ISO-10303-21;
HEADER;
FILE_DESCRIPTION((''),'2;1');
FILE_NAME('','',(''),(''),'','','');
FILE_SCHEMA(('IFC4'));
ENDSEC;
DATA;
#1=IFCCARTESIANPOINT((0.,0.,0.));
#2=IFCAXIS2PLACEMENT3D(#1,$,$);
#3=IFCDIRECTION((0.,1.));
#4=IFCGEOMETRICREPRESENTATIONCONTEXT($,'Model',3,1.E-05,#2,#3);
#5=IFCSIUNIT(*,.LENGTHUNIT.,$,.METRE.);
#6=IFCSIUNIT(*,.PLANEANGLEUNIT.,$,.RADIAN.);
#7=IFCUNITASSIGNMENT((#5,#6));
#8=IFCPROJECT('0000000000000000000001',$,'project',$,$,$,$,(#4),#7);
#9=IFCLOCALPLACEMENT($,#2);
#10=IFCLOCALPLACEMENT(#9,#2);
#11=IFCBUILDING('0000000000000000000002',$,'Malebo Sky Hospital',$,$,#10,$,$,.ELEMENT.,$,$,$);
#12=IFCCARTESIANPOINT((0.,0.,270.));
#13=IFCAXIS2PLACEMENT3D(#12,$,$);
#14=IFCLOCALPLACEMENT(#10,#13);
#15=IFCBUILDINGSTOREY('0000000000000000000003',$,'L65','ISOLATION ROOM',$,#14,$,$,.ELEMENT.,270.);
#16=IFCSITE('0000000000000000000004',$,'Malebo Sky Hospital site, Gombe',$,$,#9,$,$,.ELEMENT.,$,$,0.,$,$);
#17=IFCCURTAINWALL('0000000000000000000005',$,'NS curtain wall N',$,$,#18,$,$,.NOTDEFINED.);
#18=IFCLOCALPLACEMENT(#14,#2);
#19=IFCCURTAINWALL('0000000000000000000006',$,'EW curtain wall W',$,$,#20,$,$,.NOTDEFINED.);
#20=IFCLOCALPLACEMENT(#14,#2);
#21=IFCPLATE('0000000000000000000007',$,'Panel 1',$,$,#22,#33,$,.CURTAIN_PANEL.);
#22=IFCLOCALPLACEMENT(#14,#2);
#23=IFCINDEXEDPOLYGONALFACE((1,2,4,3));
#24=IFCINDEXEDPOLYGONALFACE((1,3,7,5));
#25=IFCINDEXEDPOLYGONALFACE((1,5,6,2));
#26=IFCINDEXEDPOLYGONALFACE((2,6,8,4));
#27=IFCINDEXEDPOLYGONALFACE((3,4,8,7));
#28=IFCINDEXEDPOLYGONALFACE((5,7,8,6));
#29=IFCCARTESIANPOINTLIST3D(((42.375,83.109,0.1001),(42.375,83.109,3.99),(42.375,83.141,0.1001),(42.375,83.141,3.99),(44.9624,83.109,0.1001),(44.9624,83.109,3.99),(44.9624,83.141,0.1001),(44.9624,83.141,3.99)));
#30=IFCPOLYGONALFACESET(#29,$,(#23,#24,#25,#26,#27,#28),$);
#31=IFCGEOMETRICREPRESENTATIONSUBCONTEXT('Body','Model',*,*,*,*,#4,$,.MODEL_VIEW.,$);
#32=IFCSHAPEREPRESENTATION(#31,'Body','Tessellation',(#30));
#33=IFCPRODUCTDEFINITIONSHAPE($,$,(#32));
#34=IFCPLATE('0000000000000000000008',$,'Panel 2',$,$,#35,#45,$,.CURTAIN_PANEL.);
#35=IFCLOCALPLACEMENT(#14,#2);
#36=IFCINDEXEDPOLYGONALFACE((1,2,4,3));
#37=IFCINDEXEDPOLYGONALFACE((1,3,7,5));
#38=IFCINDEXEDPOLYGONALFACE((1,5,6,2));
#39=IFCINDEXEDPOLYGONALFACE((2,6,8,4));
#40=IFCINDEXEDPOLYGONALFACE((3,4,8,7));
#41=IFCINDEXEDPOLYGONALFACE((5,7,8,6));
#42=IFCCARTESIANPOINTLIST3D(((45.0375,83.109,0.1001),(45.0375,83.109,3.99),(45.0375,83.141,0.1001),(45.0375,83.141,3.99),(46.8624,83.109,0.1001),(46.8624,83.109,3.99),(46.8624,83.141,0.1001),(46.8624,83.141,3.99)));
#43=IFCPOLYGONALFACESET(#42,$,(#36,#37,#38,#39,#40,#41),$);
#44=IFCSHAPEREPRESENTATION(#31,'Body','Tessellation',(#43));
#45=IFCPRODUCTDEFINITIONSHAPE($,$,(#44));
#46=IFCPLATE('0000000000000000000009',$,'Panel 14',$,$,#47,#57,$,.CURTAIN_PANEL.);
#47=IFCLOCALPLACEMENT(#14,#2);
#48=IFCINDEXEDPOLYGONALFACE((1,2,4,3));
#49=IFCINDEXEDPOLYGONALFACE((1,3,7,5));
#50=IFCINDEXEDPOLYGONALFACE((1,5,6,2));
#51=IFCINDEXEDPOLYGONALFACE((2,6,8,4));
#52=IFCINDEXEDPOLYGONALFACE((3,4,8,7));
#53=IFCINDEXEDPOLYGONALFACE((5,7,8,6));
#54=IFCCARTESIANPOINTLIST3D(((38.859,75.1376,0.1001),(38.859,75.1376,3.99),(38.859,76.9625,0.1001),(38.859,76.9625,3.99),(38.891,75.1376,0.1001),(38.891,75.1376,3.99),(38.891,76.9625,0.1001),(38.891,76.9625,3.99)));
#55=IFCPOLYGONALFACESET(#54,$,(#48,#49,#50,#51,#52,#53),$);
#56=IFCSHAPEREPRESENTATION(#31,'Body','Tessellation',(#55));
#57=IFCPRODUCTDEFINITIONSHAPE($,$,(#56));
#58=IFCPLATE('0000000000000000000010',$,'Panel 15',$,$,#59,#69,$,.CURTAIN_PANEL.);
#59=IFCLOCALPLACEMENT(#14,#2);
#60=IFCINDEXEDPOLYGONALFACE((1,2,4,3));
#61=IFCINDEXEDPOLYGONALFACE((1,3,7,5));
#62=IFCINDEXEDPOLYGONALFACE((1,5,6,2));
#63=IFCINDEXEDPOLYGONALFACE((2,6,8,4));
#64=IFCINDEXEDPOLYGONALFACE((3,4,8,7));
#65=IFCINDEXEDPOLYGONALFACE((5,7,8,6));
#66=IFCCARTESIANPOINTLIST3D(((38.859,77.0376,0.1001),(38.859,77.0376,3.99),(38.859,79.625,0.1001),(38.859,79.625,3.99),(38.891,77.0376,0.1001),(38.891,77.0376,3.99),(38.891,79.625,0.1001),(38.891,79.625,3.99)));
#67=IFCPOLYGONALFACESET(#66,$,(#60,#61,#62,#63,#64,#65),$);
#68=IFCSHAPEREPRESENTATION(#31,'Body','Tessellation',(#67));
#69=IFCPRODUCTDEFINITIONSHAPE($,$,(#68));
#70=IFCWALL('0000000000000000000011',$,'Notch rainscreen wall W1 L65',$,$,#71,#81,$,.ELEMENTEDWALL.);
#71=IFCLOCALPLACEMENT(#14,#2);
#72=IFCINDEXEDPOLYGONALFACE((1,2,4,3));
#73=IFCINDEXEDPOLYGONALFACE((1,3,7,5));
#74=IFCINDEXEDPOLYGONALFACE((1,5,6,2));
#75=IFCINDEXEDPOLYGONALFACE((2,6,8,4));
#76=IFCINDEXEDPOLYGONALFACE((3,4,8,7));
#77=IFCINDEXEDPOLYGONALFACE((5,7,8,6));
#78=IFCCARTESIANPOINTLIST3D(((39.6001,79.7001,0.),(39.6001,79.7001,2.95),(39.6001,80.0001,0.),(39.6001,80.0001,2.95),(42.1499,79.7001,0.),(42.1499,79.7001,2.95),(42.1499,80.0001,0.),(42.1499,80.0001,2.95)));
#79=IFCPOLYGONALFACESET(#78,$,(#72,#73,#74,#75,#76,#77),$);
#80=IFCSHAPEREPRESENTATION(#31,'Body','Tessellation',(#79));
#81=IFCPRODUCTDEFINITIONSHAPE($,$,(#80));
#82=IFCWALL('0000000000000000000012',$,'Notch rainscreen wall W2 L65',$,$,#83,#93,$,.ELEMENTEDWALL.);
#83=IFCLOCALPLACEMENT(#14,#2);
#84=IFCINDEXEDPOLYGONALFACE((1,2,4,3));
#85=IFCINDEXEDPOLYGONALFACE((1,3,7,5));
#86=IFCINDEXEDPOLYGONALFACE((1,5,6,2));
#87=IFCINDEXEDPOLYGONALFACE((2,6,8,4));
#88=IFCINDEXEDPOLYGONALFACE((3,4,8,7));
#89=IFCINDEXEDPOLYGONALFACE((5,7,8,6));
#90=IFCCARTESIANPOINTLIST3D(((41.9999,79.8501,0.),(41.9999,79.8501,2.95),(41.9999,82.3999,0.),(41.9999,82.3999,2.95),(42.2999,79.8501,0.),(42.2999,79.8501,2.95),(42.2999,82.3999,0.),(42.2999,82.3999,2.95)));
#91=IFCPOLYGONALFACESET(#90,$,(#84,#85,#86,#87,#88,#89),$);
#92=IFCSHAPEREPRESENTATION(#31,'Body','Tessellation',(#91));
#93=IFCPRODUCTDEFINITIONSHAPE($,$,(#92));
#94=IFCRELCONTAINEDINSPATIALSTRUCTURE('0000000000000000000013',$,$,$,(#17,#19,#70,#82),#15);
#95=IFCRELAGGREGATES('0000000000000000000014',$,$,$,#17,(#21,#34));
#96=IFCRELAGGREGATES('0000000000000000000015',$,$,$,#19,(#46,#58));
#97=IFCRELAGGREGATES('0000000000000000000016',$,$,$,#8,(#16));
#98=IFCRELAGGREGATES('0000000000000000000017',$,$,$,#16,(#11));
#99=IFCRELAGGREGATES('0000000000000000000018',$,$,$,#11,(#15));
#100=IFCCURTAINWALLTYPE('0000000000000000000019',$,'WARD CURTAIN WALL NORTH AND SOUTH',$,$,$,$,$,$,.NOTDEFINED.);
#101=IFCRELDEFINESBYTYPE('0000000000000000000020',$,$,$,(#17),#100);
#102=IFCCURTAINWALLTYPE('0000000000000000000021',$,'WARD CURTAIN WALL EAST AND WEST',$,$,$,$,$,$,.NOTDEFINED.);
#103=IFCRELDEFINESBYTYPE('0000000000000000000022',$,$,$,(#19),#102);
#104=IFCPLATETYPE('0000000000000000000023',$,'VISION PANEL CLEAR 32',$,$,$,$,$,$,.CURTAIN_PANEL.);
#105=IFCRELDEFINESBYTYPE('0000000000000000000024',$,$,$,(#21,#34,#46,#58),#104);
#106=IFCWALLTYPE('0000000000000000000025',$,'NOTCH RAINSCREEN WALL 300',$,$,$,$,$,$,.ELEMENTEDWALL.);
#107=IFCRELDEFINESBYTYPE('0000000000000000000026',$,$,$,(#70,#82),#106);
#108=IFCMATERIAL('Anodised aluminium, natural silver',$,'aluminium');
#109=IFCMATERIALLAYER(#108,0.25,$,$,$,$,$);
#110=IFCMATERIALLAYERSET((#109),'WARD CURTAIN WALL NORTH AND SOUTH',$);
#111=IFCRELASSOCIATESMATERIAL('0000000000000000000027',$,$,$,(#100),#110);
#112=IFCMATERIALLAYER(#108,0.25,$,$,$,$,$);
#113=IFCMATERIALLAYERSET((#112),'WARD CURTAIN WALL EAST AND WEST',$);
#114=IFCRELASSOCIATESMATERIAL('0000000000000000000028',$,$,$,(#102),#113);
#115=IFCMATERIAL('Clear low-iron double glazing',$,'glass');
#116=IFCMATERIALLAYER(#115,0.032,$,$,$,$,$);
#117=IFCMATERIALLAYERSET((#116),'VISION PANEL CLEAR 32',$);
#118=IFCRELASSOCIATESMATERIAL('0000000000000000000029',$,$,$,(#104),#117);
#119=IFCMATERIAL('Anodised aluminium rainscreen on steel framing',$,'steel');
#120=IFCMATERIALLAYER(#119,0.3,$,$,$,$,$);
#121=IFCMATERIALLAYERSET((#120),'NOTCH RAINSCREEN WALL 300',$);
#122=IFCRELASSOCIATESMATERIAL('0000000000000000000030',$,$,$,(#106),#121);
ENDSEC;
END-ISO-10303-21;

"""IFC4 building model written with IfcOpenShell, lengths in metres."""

from ifc_helpers import new_model, si_unit, direction, frame, frame_2d, origin, origin_2d, place, context, subcontext, project, spatial, rectangle, extrude, material, layer, layer_set, type_object, element, aggregate, save


model = new_model("IFC4")

# Units and contexts
model_context = context("Model", 3, precision=1e-05, world=origin(), true_north=direction((0.0, 1.0)))
body_context = subcontext(model_context, "Body", "Model", "MODEL_VIEW")
ifc_project = project(units=[si_unit("LENGTHUNIT", "METRE"), si_unit("PLANEANGLEUNIT", "RADIAN")], contexts=[model_context])

# Site, building, storey
site_placement = place(None, origin())
site = spatial("IfcSite", under=ifc_project, at=site_placement, Name="Malebo Sky Hospital site, Gombe", CompositionType="ELEMENT", RefElevation=0.0)
building_placement = place(site_placement, origin())
building = spatial("IfcBuilding", under=site, at=building_placement, Name="Malebo Sky Hospital", CompositionType="ELEMENT")
storey_placement = place(building_placement, frame((0.0, 0.0, 270.0)))
storey = spatial("IfcBuildingStorey", under=building, at=storey_placement, Name="L65", Description="ISOLATION ROOM", CompositionType="ELEMENT", Elevation=270.0)

# Curtain walls
ifc_material_1 = material(Name="Anodised aluminium, natural silver", Category="aluminium")
ifc_layer_1 = layer(ifc_material_1, 0.25)
ifc_layer_set_1 = layer_set([ifc_layer_1], Name="WARD CURTAIN WALL NORTH AND SOUTH")
curtain_wall_type_1 = type_object("IfcCurtainWallType", Name="WARD CURTAIN WALL NORTH AND SOUTH", PredefinedType="NOTDEFINED", material=ifc_layer_set_1)
curtain_wall_1_placement = place(storey_placement, origin())
curtain_wall_1 = element("IfcCurtainWall", 1, at=curtain_wall_1_placement, inside=storey, type_object=curtain_wall_type_1, Name="NS curtain wall N", PredefinedType="NOTDEFINED")
ifc_layer_2 = layer(ifc_material_1, 0.25)
ifc_layer_set_2 = layer_set([ifc_layer_2], Name="WARD CURTAIN WALL EAST AND WEST")
curtain_wall_type_2 = type_object("IfcCurtainWallType", Name="WARD CURTAIN WALL EAST AND WEST", PredefinedType="NOTDEFINED", material=ifc_layer_set_2)
curtain_wall_2_placement = place(storey_placement, origin())
curtain_wall_2 = element("IfcCurtainWall", 2, at=curtain_wall_2_placement, inside=storey, type_object=curtain_wall_type_2, Name="EW curtain wall W", PredefinedType="NOTDEFINED")

# Plates
ifc_material_2 = material(Name="Clear low-iron double glazing", Category="glass")
ifc_layer_3 = layer(ifc_material_2, 0.032)
ifc_layer_set_3 = layer_set([ifc_layer_3], Name="VISION PANEL CLEAR 32")
plate_type = type_object("IfcPlateType", Name="VISION PANEL CLEAR 32", PredefinedType="CURTAIN_PANEL", material=ifc_layer_set_3)
plate_1_placement = place(storey_placement, frame((43.6687, 83.125, 0.1001), z_axis=(0.0, 0.0, 1.0), x_axis=(1.0, 0.0, 0.0)))
plate_1 = element("IfcPlate", 3, at=plate_1_placement, type_object=plate_type, Name="Panel 1", PredefinedType="CURTAIN_PANEL", context=body_context, shape_type="SweptSolid", body=[
    extrude(rectangle(XDim=2.5874, YDim=0.032, at=origin_2d()), origin(), (0.0, 0.0, 1.0), 3.8899),
])
plate_2_placement = place(storey_placement, frame((45.95, 83.125, 0.1001), z_axis=(0.0, 0.0, 1.0), x_axis=(1.0, 0.0, 0.0)))
plate_2 = element("IfcPlate", 4, at=plate_2_placement, type_object=plate_type, Name="Panel 2", PredefinedType="CURTAIN_PANEL", context=body_context, shape_type="SweptSolid", body=[
    extrude(rectangle(XDim=1.825, YDim=0.032, at=origin_2d()), origin(), (0.0, 0.0, 1.0), 3.8899),
])
aggregate(curtain_wall_1, [plate_1, plate_2])
plate_3_placement = place(storey_placement, frame((38.875, 76.05, 0.1001), z_axis=(0.0, 0.0, 1.0), x_axis=(0.0, 1.0, 0.0)))
plate_3 = element("IfcPlate", 5, at=plate_3_placement, type_object=plate_type, Name="Panel 14", PredefinedType="CURTAIN_PANEL", context=body_context, shape_type="SweptSolid", body=[
    extrude(rectangle(XDim=1.825, YDim=0.032, at=origin_2d()), origin(), (0.0, 0.0, 1.0), 3.8899),
])
plate_4_placement = place(storey_placement, frame((38.875, 78.3313, 0.1001), z_axis=(0.0, 0.0, 1.0), x_axis=(0.0, 1.0, 0.0)))
plate_4 = element("IfcPlate", 6, at=plate_4_placement, type_object=plate_type, Name="Panel 15", PredefinedType="CURTAIN_PANEL", context=body_context, shape_type="SweptSolid", body=[
    extrude(rectangle(XDim=2.5874, YDim=0.032, at=origin_2d()), origin(), (0.0, 0.0, 1.0), 3.8899),
])
aggregate(curtain_wall_2, [plate_3, plate_4])

# Walls
ifc_material_3 = material(Name="Anodised aluminium rainscreen on steel framing", Category="steel")
ifc_layer_4 = layer(ifc_material_3, 0.3)
ifc_layer_set_4 = layer_set([ifc_layer_4], Name="NOTCH RAINSCREEN WALL 300")
wall_type = type_object("IfcWallType", Name="NOTCH RAINSCREEN WALL 300", PredefinedType="ELEMENTEDWALL", material=ifc_layer_set_4)
for number, where, z_axis, x_axis, name in (
    (7, (39.6001, 79.8501, 0.0), (0.0, 0.0, 1.0), (1.0, 0.0, 0.0), "Notch rainscreen wall W1 L65"),
    (8, (42.1499, 79.8501, 0.0), (0.0, 0.0, 1.0), (0.0, 1.0, 0.0), "Notch rainscreen wall W2 L65"),
):
    element("IfcWall", number, at=place(storey_placement, frame(where, z_axis=z_axis, x_axis=x_axis)), inside=storey, type_object=wall_type, Name=name, PredefinedType="ELEMENTEDWALL", context=body_context, shape_type="SweptSolid", body=[
        extrude(rectangle(XDim=2.5498, YDim=0.3, at=frame_2d((1.2749, 0.0))), origin(), (0.0, 0.0, 1.0), 2.95),
    ])

save(model, "model.ifc")
